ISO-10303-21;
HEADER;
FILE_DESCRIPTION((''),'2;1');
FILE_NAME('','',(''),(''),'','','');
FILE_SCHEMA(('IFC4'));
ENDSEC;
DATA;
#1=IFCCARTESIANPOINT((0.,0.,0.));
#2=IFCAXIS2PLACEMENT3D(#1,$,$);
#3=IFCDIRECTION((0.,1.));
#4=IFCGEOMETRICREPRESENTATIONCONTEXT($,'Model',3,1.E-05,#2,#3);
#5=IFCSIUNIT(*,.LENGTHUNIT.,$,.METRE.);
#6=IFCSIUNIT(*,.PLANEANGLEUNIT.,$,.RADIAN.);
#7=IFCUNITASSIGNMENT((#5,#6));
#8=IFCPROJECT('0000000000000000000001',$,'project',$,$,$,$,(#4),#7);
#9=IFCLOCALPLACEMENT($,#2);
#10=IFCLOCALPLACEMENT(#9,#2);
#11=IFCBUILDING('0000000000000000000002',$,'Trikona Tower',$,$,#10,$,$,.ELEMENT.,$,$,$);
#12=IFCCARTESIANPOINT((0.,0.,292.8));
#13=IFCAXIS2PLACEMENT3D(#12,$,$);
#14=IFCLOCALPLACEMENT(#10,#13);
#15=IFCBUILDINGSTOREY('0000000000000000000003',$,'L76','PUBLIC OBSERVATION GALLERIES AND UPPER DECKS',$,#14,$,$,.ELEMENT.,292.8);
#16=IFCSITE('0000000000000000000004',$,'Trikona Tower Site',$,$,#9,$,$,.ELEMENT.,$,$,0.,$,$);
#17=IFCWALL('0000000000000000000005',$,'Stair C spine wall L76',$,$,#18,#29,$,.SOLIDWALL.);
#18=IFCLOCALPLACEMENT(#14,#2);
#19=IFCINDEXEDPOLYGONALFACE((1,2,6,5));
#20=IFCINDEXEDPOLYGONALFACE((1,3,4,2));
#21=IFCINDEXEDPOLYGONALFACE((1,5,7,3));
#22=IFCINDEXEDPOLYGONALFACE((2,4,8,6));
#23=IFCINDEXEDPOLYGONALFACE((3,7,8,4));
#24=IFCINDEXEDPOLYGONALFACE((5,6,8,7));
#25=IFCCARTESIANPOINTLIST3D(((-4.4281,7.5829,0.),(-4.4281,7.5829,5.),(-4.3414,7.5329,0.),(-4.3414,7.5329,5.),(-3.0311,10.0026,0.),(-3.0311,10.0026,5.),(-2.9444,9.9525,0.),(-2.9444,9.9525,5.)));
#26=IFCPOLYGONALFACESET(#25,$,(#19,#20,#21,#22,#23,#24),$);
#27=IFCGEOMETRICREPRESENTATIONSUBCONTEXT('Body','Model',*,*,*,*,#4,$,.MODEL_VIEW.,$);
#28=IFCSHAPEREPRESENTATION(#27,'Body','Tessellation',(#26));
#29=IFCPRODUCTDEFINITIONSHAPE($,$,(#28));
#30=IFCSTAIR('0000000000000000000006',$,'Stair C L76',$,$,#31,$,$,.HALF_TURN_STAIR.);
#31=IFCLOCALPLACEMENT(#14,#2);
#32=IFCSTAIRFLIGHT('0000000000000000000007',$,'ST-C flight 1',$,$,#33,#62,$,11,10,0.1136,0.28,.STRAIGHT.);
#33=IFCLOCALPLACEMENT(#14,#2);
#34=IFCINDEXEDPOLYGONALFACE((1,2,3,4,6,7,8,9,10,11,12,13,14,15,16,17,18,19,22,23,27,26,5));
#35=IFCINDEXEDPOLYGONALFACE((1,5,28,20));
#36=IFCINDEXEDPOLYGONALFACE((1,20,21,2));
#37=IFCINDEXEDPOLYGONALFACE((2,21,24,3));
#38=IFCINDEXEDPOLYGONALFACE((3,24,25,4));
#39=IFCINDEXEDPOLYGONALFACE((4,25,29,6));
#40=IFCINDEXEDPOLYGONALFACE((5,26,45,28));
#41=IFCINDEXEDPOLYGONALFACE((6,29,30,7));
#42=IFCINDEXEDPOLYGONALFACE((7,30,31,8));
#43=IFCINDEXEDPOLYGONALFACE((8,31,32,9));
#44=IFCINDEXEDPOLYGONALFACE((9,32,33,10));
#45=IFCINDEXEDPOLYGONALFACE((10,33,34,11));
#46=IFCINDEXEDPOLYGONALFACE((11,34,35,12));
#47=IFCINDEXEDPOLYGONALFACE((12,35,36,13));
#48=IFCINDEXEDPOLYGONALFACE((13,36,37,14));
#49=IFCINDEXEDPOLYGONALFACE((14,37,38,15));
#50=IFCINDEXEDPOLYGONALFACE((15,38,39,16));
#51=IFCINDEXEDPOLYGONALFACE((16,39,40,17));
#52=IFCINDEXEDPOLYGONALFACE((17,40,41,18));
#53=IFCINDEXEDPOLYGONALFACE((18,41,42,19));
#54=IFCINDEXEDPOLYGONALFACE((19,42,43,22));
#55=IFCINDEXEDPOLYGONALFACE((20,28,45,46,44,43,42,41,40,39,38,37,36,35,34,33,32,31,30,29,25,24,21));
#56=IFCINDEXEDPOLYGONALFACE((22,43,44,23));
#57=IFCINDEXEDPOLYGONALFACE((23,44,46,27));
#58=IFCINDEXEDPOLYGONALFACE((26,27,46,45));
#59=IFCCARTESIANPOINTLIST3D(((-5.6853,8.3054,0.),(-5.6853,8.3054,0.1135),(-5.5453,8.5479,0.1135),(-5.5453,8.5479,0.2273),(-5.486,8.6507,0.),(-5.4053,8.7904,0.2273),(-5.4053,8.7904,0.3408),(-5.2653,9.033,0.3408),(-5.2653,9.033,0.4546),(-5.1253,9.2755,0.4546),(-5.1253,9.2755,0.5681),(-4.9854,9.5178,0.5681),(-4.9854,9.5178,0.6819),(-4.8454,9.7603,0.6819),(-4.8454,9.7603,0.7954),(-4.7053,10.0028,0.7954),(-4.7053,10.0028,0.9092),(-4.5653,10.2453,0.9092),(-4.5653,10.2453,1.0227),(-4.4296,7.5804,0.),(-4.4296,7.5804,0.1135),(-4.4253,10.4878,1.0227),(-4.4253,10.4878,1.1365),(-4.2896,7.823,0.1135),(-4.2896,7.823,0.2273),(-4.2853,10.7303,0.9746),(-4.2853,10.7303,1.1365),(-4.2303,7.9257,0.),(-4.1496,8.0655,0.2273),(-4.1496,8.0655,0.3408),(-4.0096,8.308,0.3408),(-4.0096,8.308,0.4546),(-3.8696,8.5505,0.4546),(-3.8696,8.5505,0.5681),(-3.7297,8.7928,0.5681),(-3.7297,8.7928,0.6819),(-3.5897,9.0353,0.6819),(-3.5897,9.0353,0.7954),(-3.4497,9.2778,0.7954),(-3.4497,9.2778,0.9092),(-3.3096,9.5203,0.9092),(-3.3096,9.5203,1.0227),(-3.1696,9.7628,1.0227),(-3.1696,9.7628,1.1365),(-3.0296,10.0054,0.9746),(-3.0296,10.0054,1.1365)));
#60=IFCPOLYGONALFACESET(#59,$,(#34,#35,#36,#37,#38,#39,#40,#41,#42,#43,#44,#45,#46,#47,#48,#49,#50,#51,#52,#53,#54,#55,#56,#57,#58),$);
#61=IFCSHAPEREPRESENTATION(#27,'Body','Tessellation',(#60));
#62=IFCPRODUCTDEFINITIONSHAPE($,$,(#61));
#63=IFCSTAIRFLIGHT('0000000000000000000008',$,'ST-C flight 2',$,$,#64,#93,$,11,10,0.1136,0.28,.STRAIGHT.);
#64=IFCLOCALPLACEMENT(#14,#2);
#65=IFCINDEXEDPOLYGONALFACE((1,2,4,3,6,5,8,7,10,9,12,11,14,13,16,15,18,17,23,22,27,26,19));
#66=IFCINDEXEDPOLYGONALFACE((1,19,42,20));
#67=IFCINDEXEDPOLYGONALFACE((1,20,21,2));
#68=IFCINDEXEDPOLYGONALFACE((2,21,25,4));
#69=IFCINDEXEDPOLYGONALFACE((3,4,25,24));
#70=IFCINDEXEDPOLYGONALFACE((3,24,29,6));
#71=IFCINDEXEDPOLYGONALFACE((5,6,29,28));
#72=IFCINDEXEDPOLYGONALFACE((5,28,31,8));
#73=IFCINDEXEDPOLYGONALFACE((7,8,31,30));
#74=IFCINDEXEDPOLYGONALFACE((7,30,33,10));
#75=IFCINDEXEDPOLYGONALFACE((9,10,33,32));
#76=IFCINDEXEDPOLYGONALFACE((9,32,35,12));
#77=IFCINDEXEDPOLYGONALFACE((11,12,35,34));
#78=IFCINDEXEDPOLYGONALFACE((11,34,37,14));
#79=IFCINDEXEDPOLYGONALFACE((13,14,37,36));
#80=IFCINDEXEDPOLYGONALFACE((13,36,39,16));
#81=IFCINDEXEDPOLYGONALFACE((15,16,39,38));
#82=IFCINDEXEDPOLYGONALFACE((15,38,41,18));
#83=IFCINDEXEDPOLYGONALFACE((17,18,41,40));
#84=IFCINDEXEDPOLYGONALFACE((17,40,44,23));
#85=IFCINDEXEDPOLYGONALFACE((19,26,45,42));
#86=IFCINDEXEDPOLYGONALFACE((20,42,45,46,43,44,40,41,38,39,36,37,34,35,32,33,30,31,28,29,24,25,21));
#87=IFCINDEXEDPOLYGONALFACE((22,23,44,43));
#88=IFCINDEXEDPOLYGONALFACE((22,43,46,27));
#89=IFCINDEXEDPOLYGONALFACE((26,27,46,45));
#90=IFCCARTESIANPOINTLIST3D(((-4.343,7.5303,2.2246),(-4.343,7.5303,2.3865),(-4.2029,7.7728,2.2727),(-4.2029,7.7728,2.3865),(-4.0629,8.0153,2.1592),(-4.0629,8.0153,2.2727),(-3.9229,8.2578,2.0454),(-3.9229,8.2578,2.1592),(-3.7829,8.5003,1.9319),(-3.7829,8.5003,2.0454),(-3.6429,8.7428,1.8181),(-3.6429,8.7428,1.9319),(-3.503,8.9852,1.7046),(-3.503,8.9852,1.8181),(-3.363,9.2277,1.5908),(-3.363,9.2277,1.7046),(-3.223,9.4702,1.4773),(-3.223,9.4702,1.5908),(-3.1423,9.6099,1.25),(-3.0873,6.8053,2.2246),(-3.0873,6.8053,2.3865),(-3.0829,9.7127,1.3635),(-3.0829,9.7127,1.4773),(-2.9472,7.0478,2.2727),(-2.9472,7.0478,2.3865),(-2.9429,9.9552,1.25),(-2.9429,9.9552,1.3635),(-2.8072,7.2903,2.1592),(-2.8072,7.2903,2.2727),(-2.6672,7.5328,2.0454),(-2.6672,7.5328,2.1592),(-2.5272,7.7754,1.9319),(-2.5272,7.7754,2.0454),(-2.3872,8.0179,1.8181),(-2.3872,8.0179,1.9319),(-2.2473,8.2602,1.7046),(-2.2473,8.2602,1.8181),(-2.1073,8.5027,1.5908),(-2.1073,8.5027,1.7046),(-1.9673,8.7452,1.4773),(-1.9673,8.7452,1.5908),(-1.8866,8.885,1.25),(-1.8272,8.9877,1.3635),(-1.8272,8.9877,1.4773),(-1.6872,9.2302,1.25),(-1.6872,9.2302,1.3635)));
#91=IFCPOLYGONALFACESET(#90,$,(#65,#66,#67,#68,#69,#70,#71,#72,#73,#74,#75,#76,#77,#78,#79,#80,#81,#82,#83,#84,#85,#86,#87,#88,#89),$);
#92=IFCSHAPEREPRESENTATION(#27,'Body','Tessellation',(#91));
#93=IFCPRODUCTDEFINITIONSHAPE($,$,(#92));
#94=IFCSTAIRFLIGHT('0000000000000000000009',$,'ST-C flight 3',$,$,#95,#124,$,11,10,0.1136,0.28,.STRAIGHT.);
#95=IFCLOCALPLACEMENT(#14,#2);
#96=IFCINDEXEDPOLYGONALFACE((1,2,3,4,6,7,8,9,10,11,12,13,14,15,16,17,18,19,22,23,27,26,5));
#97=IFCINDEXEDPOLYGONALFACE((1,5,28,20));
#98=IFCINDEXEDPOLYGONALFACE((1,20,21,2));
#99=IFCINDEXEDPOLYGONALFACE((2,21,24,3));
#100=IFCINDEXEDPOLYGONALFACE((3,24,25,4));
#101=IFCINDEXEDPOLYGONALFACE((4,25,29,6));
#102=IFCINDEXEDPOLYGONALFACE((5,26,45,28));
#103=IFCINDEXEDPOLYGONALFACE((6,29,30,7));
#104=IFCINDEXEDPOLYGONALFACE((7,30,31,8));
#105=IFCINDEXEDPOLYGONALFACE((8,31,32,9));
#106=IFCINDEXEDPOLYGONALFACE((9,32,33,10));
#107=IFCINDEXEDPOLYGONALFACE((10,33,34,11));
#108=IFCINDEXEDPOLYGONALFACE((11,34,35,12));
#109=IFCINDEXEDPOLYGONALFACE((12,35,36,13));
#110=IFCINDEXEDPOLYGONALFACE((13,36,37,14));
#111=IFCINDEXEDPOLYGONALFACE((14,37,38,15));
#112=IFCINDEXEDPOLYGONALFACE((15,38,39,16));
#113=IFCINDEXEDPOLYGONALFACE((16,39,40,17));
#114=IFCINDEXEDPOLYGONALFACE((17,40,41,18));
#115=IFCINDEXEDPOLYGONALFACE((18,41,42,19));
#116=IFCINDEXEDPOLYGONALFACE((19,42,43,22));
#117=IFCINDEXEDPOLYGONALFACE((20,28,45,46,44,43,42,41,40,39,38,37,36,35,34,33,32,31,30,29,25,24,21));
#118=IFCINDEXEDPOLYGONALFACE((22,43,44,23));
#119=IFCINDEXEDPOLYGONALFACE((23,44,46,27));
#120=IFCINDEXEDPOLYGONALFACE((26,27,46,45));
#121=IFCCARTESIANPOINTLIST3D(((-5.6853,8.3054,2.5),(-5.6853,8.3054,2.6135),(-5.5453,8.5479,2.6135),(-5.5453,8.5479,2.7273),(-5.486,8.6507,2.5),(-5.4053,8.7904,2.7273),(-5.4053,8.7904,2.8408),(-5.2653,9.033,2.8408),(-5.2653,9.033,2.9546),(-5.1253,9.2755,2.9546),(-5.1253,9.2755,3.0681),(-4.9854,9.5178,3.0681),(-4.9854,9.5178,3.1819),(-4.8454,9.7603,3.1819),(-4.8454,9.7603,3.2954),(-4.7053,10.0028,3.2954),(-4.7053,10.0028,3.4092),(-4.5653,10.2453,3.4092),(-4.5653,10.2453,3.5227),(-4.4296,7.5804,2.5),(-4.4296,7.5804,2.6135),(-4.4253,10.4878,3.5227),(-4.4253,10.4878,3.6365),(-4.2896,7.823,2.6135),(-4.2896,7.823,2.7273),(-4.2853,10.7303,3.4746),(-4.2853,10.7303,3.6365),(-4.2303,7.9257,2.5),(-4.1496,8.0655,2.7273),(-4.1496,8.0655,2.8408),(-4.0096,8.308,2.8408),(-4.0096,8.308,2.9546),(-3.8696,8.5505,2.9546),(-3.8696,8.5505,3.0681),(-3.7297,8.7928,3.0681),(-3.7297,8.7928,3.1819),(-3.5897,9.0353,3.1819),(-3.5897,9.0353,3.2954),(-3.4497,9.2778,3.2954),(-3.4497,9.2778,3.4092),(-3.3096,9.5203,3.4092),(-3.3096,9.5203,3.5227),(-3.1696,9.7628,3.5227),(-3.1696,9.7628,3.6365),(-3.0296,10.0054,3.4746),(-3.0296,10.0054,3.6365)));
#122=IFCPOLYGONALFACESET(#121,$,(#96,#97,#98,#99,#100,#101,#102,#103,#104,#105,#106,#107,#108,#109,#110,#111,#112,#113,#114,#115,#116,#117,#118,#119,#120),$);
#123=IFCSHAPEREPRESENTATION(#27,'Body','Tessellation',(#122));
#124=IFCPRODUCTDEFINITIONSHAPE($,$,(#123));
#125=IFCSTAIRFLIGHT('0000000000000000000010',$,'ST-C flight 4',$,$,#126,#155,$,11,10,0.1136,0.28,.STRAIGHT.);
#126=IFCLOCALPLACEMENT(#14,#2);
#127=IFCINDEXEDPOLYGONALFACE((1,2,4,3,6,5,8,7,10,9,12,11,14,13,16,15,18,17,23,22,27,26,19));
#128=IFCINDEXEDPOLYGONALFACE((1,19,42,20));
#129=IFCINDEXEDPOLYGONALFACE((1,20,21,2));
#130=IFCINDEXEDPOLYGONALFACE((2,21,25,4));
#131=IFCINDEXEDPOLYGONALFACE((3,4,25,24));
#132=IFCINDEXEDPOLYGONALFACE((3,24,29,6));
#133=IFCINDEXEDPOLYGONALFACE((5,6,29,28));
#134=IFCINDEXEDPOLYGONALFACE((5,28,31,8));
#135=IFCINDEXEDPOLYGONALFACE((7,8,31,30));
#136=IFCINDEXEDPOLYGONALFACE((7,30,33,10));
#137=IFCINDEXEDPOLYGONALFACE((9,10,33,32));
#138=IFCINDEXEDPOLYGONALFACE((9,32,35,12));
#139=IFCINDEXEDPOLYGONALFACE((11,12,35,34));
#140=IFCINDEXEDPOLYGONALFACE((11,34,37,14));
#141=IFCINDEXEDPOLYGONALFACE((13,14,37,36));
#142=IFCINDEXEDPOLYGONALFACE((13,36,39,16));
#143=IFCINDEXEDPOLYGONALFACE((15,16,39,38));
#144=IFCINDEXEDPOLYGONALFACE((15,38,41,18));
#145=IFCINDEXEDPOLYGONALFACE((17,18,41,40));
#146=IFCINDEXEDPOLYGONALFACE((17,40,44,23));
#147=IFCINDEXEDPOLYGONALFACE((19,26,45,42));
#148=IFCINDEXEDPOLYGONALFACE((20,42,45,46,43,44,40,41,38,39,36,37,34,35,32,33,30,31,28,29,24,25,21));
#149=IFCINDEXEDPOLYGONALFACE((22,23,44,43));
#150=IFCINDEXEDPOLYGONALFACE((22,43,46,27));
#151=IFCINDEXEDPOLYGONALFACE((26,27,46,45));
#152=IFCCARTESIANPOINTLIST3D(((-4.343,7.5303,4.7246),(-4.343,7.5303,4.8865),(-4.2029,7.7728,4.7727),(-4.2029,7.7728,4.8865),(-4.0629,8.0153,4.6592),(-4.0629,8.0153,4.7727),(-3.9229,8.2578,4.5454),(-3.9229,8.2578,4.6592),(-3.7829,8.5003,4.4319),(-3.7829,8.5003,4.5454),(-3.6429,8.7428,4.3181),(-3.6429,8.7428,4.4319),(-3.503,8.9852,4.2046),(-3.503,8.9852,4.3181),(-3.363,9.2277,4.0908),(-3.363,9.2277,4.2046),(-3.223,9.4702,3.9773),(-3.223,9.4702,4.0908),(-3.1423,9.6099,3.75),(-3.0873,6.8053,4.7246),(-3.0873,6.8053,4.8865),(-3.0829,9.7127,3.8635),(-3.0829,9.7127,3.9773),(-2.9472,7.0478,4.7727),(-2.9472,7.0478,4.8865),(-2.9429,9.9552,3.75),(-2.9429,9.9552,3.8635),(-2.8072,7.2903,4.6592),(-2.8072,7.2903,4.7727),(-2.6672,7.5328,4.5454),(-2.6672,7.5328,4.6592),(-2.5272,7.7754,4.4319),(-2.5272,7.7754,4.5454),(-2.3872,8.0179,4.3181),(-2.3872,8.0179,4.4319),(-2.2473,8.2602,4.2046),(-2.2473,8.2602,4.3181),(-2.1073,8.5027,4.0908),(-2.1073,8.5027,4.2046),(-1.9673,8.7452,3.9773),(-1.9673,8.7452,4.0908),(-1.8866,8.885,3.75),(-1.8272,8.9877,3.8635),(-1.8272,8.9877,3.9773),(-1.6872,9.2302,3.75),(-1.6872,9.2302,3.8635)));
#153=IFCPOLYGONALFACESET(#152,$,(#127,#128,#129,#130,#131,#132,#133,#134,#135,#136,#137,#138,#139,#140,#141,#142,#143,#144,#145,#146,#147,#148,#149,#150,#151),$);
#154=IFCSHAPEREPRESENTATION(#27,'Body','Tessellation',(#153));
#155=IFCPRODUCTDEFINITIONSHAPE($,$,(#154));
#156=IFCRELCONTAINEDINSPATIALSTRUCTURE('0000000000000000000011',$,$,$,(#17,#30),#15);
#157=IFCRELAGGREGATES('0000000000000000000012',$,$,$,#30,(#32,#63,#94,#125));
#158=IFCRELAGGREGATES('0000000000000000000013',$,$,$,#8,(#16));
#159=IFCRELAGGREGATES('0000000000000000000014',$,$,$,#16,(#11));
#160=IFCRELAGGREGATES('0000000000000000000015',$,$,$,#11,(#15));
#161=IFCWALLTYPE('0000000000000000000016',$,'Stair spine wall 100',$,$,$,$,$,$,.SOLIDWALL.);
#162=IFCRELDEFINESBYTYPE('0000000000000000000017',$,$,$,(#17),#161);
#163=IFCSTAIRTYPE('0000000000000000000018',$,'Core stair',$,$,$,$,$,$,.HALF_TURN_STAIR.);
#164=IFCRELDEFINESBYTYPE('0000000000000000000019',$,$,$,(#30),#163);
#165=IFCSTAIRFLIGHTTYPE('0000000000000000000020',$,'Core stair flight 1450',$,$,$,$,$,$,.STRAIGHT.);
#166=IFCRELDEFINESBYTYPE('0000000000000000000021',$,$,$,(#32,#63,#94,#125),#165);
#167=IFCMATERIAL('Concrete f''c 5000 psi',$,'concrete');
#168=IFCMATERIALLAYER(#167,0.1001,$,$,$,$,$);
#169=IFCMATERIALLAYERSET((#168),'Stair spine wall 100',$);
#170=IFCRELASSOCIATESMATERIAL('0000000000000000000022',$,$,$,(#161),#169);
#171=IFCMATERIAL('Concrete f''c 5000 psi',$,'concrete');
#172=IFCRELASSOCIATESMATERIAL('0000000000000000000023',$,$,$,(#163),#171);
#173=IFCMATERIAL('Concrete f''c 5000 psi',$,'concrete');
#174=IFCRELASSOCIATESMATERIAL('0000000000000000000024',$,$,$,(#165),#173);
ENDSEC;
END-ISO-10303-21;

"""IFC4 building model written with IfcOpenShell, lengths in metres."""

from ifc_helpers import new_model, si_unit, direction, frame, frame_2d, origin, place, context, subcontext, project, spatial, polyline, rectangle, outline, extrude, material, layer, layer_set, type_object, element, aggregate, save


model = new_model("IFC4")

# Units and contexts
model_context = context("Model", 3, precision=1e-05, world=origin(), true_north=direction((0.0, 1.0)))
body_context = subcontext(model_context, "Body", "Model", "MODEL_VIEW")
ifc_project = project(units=[si_unit("LENGTHUNIT", "METRE"), si_unit("PLANEANGLEUNIT", "RADIAN")], contexts=[model_context])

# Site, building, storey
site_placement = place(None, origin())
site = spatial("IfcSite", under=ifc_project, at=site_placement, Name="Trikona Tower Site", CompositionType="ELEMENT", RefElevation=0.0)
building_placement = place(site_placement, origin())
building = spatial("IfcBuilding", under=site, at=building_placement, Name="Trikona Tower", CompositionType="ELEMENT")
storey_placement = place(building_placement, frame((0.0, 0.0, 292.8)))
storey = spatial("IfcBuildingStorey", under=building, at=storey_placement, Name="L76", Description="PUBLIC OBSERVATION GALLERIES AND UPPER DECKS", CompositionType="ELEMENT", Elevation=292.8)

# Wall
ifc_material_1 = material(Name="Concrete f'c 5000 psi", Category="concrete")
ifc_layer_1 = layer(ifc_material_1, 0.1001)
ifc_layer_set_1 = layer_set([ifc_layer_1], Name="Stair spine wall 100")
wall_type_1 = type_object("IfcWallType", Name="Stair spine wall 100", PredefinedType="SOLIDWALL", material=ifc_layer_set_1)
wall_1_placement = place(storey_placement, frame((-2.9878, 9.9775, 0.0), z_axis=(0.0, 0.0, 1.0), x_axis=(-0.499992, -0.86603, 0.0)))
element("IfcWall", 1, at=wall_1_placement, inside=storey, type_object=wall_type_1, Name="Stair C spine wall L76", PredefinedType="SOLIDWALL", context=body_context, shape_type="SweptSolid", body=[
    extrude(rectangle(XDim=2.7939, YDim=0.1001, at=frame_2d((1.397, 0.0))), origin(), (0.0, 0.0, 1.0), 5.0),
])

# Stair, stair flights
ifc_material_2 = material(Name="Concrete f'c 5000 psi", Category="concrete")
stair_type = type_object("IfcStairType", Name="Core stair", PredefinedType="HALF_TURN_STAIR", material=ifc_material_2)
stair_placement = place(storey_placement, origin())
stair = element("IfcStair", 2, at=stair_placement, inside=storey, type_object=stair_type, Name="Stair C L76", PredefinedType="HALF_TURN_STAIR")
ifc_material_3 = material(Name="Concrete f'c 5000 psi", Category="concrete")
stair_flight_type = type_object("IfcStairFlightType", Name="Core stair flight 1450", PredefinedType="STRAIGHT", material=ifc_material_3)
stair_flight_1_placement = place(storey_placement, frame((-5.0574, 7.9429, 0.0), z_axis=(0.0, 0.0, 1.0), x_axis=(0.5, 0.866025, 0.0)))
stair_flight_1 = element("IfcStairFlight", 3, at=stair_flight_1_placement, type_object=stair_flight_type, Name="ST-C flight 1", NumberOfRisers=11, NumberOfTreads=10, PredefinedType="STRAIGHT", RiserHeight=0.1136, TreadLength=0.28, context=body_context, shape_type="SweptSolid", body=[
    extrude(outline(polyline([(0.0, 0.0), (0.0, 0.1135), (0.28, 0.1135), (0.28, 0.2273), (0.5601, 0.2273), (0.5601, 0.3408), (0.8401, 0.3408), (0.8401, 0.4546), (1.1201, 0.4546), (1.1201, 0.5681), (1.3999, 0.5681), (1.3999, 0.6819), (1.6799, 0.6819), (1.6799, 0.7954), (1.96, 0.7954), (1.96, 0.9092), (2.24, 0.9092), (2.24, 1.0227), (2.52, 1.0227), (2.52, 1.1365), (2.8, 1.1365), (2.8, 1.25), (2.8, 0.9746), (0.3987, 0.0), (0.0, 0.0)])), frame((0.0, 0.7251, 0.0), z_axis=(0.0, -1.0, 0.0), x_axis=(1.0, 0.0, 0.0)), (0.0, 0.0, 1.0), 1.45),
])
stair_flight_2_placement = place(storey_placement, frame((-2.3152, 9.5928, 1.25), z_axis=(0.0, 0.0, 1.0), x_axis=(-0.5, -0.866025, 0.0)))
stair_flight_2 = element("IfcStairFlight", 4, at=stair_flight_2_placement, type_object=stair_flight_type, Name="ST-C flight 2", NumberOfRisers=11, NumberOfTreads=10, PredefinedType="STRAIGHT", RiserHeight=0.1136, TreadLength=0.28, context=body_context, shape_type="SweptSolid", body=[
    extrude(outline(polyline([(0.0, 0.0), (0.0, 0.1135), (0.28, 0.1135), (0.28, 0.2273), (0.5601, 0.2273), (0.5601, 0.3408), (0.8401, 0.3408), (0.8401, 0.4546), (1.1201, 0.4546), (1.1201, 0.5681), (1.3999, 0.5681), (1.3999, 0.6819), (1.6799, 0.6819), (1.6799, 0.7954), (1.96, 0.7954), (1.96, 0.9092), (2.24, 0.9092), (2.24, 1.0227), (2.52, 1.0227), (2.52, 1.1365), (2.8, 1.1365), (2.8, 1.25), (2.8, 0.9746), (0.3987, 0.0), (0.0, 0.0)])), frame((0.0, 0.7251, 0.0), z_axis=(0.0, -1.0, 0.0), x_axis=(1.0, 0.0, 0.0)), (0.0, 0.0, 1.0), 1.45),
])
stair_flight_3_placement = place(storey_placement, frame((-5.0574, 7.9429, 2.5), z_axis=(0.0, 0.0, 1.0), x_axis=(0.5, 0.866025, 0.0)))
stair_flight_3 = element("IfcStairFlight", 5, at=stair_flight_3_placement, type_object=stair_flight_type, Name="ST-C flight 3", NumberOfRisers=11, NumberOfTreads=10, PredefinedType="STRAIGHT", RiserHeight=0.1136, TreadLength=0.28, context=body_context, shape_type="SweptSolid", body=[
    extrude(outline(polyline([(0.0, 0.0), (0.0, 0.1135), (0.28, 0.1135), (0.28, 0.2273), (0.5601, 0.2273), (0.5601, 0.3408), (0.8401, 0.3408), (0.8401, 0.4546), (1.1201, 0.4546), (1.1201, 0.5681), (1.3999, 0.5681), (1.3999, 0.6819), (1.6799, 0.6819), (1.6799, 0.7954), (1.96, 0.7954), (1.96, 0.9092), (2.24, 0.9092), (2.24, 1.0227), (2.52, 1.0227), (2.52, 1.1365), (2.8, 1.1365), (2.8, 1.25), (2.8, 0.9746), (0.3987, 0.0), (0.0, 0.0)])), frame((0.0, 0.7251, 0.0), z_axis=(0.0, -1.0, 0.0), x_axis=(1.0, 0.0, 0.0)), (0.0, 0.0, 1.0), 1.45),
])
stair_flight_4_placement = place(storey_placement, frame((-2.3152, 9.5928, 3.75), z_axis=(0.0, 0.0, 1.0), x_axis=(-0.5, -0.866025, 0.0)))
stair_flight_4 = element("IfcStairFlight", 6, at=stair_flight_4_placement, type_object=stair_flight_type, Name="ST-C flight 4", NumberOfRisers=11, NumberOfTreads=10, PredefinedType="STRAIGHT", RiserHeight=0.1136, TreadLength=0.28, context=body_context, shape_type="SweptSolid", body=[
    extrude(outline(polyline([(0.0, 0.0), (0.0, 0.1135), (0.28, 0.1135), (0.28, 0.2273), (0.5601, 0.2273), (0.5601, 0.3408), (0.8401, 0.3408), (0.8401, 0.4546), (1.1201, 0.4546), (1.1201, 0.5681), (1.3999, 0.5681), (1.3999, 0.6819), (1.6799, 0.6819), (1.6799, 0.7954), (1.96, 0.7954), (1.96, 0.9092), (2.24, 0.9092), (2.24, 1.0227), (2.52, 1.0227), (2.52, 1.1365), (2.8, 1.1365), (2.8, 1.25), (2.8, 0.9746), (0.3987, 0.0), (0.0, 0.0)])), frame((0.0, 0.7251, 0.0), z_axis=(0.0, -1.0, 0.0), x_axis=(1.0, 0.0, 0.0)), (0.0, 0.0, 1.0), 1.45),
])
aggregate(stair, [stair_flight_1, stair_flight_2, stair_flight_3, stair_flight_4])

save(model, "model.ifc")
